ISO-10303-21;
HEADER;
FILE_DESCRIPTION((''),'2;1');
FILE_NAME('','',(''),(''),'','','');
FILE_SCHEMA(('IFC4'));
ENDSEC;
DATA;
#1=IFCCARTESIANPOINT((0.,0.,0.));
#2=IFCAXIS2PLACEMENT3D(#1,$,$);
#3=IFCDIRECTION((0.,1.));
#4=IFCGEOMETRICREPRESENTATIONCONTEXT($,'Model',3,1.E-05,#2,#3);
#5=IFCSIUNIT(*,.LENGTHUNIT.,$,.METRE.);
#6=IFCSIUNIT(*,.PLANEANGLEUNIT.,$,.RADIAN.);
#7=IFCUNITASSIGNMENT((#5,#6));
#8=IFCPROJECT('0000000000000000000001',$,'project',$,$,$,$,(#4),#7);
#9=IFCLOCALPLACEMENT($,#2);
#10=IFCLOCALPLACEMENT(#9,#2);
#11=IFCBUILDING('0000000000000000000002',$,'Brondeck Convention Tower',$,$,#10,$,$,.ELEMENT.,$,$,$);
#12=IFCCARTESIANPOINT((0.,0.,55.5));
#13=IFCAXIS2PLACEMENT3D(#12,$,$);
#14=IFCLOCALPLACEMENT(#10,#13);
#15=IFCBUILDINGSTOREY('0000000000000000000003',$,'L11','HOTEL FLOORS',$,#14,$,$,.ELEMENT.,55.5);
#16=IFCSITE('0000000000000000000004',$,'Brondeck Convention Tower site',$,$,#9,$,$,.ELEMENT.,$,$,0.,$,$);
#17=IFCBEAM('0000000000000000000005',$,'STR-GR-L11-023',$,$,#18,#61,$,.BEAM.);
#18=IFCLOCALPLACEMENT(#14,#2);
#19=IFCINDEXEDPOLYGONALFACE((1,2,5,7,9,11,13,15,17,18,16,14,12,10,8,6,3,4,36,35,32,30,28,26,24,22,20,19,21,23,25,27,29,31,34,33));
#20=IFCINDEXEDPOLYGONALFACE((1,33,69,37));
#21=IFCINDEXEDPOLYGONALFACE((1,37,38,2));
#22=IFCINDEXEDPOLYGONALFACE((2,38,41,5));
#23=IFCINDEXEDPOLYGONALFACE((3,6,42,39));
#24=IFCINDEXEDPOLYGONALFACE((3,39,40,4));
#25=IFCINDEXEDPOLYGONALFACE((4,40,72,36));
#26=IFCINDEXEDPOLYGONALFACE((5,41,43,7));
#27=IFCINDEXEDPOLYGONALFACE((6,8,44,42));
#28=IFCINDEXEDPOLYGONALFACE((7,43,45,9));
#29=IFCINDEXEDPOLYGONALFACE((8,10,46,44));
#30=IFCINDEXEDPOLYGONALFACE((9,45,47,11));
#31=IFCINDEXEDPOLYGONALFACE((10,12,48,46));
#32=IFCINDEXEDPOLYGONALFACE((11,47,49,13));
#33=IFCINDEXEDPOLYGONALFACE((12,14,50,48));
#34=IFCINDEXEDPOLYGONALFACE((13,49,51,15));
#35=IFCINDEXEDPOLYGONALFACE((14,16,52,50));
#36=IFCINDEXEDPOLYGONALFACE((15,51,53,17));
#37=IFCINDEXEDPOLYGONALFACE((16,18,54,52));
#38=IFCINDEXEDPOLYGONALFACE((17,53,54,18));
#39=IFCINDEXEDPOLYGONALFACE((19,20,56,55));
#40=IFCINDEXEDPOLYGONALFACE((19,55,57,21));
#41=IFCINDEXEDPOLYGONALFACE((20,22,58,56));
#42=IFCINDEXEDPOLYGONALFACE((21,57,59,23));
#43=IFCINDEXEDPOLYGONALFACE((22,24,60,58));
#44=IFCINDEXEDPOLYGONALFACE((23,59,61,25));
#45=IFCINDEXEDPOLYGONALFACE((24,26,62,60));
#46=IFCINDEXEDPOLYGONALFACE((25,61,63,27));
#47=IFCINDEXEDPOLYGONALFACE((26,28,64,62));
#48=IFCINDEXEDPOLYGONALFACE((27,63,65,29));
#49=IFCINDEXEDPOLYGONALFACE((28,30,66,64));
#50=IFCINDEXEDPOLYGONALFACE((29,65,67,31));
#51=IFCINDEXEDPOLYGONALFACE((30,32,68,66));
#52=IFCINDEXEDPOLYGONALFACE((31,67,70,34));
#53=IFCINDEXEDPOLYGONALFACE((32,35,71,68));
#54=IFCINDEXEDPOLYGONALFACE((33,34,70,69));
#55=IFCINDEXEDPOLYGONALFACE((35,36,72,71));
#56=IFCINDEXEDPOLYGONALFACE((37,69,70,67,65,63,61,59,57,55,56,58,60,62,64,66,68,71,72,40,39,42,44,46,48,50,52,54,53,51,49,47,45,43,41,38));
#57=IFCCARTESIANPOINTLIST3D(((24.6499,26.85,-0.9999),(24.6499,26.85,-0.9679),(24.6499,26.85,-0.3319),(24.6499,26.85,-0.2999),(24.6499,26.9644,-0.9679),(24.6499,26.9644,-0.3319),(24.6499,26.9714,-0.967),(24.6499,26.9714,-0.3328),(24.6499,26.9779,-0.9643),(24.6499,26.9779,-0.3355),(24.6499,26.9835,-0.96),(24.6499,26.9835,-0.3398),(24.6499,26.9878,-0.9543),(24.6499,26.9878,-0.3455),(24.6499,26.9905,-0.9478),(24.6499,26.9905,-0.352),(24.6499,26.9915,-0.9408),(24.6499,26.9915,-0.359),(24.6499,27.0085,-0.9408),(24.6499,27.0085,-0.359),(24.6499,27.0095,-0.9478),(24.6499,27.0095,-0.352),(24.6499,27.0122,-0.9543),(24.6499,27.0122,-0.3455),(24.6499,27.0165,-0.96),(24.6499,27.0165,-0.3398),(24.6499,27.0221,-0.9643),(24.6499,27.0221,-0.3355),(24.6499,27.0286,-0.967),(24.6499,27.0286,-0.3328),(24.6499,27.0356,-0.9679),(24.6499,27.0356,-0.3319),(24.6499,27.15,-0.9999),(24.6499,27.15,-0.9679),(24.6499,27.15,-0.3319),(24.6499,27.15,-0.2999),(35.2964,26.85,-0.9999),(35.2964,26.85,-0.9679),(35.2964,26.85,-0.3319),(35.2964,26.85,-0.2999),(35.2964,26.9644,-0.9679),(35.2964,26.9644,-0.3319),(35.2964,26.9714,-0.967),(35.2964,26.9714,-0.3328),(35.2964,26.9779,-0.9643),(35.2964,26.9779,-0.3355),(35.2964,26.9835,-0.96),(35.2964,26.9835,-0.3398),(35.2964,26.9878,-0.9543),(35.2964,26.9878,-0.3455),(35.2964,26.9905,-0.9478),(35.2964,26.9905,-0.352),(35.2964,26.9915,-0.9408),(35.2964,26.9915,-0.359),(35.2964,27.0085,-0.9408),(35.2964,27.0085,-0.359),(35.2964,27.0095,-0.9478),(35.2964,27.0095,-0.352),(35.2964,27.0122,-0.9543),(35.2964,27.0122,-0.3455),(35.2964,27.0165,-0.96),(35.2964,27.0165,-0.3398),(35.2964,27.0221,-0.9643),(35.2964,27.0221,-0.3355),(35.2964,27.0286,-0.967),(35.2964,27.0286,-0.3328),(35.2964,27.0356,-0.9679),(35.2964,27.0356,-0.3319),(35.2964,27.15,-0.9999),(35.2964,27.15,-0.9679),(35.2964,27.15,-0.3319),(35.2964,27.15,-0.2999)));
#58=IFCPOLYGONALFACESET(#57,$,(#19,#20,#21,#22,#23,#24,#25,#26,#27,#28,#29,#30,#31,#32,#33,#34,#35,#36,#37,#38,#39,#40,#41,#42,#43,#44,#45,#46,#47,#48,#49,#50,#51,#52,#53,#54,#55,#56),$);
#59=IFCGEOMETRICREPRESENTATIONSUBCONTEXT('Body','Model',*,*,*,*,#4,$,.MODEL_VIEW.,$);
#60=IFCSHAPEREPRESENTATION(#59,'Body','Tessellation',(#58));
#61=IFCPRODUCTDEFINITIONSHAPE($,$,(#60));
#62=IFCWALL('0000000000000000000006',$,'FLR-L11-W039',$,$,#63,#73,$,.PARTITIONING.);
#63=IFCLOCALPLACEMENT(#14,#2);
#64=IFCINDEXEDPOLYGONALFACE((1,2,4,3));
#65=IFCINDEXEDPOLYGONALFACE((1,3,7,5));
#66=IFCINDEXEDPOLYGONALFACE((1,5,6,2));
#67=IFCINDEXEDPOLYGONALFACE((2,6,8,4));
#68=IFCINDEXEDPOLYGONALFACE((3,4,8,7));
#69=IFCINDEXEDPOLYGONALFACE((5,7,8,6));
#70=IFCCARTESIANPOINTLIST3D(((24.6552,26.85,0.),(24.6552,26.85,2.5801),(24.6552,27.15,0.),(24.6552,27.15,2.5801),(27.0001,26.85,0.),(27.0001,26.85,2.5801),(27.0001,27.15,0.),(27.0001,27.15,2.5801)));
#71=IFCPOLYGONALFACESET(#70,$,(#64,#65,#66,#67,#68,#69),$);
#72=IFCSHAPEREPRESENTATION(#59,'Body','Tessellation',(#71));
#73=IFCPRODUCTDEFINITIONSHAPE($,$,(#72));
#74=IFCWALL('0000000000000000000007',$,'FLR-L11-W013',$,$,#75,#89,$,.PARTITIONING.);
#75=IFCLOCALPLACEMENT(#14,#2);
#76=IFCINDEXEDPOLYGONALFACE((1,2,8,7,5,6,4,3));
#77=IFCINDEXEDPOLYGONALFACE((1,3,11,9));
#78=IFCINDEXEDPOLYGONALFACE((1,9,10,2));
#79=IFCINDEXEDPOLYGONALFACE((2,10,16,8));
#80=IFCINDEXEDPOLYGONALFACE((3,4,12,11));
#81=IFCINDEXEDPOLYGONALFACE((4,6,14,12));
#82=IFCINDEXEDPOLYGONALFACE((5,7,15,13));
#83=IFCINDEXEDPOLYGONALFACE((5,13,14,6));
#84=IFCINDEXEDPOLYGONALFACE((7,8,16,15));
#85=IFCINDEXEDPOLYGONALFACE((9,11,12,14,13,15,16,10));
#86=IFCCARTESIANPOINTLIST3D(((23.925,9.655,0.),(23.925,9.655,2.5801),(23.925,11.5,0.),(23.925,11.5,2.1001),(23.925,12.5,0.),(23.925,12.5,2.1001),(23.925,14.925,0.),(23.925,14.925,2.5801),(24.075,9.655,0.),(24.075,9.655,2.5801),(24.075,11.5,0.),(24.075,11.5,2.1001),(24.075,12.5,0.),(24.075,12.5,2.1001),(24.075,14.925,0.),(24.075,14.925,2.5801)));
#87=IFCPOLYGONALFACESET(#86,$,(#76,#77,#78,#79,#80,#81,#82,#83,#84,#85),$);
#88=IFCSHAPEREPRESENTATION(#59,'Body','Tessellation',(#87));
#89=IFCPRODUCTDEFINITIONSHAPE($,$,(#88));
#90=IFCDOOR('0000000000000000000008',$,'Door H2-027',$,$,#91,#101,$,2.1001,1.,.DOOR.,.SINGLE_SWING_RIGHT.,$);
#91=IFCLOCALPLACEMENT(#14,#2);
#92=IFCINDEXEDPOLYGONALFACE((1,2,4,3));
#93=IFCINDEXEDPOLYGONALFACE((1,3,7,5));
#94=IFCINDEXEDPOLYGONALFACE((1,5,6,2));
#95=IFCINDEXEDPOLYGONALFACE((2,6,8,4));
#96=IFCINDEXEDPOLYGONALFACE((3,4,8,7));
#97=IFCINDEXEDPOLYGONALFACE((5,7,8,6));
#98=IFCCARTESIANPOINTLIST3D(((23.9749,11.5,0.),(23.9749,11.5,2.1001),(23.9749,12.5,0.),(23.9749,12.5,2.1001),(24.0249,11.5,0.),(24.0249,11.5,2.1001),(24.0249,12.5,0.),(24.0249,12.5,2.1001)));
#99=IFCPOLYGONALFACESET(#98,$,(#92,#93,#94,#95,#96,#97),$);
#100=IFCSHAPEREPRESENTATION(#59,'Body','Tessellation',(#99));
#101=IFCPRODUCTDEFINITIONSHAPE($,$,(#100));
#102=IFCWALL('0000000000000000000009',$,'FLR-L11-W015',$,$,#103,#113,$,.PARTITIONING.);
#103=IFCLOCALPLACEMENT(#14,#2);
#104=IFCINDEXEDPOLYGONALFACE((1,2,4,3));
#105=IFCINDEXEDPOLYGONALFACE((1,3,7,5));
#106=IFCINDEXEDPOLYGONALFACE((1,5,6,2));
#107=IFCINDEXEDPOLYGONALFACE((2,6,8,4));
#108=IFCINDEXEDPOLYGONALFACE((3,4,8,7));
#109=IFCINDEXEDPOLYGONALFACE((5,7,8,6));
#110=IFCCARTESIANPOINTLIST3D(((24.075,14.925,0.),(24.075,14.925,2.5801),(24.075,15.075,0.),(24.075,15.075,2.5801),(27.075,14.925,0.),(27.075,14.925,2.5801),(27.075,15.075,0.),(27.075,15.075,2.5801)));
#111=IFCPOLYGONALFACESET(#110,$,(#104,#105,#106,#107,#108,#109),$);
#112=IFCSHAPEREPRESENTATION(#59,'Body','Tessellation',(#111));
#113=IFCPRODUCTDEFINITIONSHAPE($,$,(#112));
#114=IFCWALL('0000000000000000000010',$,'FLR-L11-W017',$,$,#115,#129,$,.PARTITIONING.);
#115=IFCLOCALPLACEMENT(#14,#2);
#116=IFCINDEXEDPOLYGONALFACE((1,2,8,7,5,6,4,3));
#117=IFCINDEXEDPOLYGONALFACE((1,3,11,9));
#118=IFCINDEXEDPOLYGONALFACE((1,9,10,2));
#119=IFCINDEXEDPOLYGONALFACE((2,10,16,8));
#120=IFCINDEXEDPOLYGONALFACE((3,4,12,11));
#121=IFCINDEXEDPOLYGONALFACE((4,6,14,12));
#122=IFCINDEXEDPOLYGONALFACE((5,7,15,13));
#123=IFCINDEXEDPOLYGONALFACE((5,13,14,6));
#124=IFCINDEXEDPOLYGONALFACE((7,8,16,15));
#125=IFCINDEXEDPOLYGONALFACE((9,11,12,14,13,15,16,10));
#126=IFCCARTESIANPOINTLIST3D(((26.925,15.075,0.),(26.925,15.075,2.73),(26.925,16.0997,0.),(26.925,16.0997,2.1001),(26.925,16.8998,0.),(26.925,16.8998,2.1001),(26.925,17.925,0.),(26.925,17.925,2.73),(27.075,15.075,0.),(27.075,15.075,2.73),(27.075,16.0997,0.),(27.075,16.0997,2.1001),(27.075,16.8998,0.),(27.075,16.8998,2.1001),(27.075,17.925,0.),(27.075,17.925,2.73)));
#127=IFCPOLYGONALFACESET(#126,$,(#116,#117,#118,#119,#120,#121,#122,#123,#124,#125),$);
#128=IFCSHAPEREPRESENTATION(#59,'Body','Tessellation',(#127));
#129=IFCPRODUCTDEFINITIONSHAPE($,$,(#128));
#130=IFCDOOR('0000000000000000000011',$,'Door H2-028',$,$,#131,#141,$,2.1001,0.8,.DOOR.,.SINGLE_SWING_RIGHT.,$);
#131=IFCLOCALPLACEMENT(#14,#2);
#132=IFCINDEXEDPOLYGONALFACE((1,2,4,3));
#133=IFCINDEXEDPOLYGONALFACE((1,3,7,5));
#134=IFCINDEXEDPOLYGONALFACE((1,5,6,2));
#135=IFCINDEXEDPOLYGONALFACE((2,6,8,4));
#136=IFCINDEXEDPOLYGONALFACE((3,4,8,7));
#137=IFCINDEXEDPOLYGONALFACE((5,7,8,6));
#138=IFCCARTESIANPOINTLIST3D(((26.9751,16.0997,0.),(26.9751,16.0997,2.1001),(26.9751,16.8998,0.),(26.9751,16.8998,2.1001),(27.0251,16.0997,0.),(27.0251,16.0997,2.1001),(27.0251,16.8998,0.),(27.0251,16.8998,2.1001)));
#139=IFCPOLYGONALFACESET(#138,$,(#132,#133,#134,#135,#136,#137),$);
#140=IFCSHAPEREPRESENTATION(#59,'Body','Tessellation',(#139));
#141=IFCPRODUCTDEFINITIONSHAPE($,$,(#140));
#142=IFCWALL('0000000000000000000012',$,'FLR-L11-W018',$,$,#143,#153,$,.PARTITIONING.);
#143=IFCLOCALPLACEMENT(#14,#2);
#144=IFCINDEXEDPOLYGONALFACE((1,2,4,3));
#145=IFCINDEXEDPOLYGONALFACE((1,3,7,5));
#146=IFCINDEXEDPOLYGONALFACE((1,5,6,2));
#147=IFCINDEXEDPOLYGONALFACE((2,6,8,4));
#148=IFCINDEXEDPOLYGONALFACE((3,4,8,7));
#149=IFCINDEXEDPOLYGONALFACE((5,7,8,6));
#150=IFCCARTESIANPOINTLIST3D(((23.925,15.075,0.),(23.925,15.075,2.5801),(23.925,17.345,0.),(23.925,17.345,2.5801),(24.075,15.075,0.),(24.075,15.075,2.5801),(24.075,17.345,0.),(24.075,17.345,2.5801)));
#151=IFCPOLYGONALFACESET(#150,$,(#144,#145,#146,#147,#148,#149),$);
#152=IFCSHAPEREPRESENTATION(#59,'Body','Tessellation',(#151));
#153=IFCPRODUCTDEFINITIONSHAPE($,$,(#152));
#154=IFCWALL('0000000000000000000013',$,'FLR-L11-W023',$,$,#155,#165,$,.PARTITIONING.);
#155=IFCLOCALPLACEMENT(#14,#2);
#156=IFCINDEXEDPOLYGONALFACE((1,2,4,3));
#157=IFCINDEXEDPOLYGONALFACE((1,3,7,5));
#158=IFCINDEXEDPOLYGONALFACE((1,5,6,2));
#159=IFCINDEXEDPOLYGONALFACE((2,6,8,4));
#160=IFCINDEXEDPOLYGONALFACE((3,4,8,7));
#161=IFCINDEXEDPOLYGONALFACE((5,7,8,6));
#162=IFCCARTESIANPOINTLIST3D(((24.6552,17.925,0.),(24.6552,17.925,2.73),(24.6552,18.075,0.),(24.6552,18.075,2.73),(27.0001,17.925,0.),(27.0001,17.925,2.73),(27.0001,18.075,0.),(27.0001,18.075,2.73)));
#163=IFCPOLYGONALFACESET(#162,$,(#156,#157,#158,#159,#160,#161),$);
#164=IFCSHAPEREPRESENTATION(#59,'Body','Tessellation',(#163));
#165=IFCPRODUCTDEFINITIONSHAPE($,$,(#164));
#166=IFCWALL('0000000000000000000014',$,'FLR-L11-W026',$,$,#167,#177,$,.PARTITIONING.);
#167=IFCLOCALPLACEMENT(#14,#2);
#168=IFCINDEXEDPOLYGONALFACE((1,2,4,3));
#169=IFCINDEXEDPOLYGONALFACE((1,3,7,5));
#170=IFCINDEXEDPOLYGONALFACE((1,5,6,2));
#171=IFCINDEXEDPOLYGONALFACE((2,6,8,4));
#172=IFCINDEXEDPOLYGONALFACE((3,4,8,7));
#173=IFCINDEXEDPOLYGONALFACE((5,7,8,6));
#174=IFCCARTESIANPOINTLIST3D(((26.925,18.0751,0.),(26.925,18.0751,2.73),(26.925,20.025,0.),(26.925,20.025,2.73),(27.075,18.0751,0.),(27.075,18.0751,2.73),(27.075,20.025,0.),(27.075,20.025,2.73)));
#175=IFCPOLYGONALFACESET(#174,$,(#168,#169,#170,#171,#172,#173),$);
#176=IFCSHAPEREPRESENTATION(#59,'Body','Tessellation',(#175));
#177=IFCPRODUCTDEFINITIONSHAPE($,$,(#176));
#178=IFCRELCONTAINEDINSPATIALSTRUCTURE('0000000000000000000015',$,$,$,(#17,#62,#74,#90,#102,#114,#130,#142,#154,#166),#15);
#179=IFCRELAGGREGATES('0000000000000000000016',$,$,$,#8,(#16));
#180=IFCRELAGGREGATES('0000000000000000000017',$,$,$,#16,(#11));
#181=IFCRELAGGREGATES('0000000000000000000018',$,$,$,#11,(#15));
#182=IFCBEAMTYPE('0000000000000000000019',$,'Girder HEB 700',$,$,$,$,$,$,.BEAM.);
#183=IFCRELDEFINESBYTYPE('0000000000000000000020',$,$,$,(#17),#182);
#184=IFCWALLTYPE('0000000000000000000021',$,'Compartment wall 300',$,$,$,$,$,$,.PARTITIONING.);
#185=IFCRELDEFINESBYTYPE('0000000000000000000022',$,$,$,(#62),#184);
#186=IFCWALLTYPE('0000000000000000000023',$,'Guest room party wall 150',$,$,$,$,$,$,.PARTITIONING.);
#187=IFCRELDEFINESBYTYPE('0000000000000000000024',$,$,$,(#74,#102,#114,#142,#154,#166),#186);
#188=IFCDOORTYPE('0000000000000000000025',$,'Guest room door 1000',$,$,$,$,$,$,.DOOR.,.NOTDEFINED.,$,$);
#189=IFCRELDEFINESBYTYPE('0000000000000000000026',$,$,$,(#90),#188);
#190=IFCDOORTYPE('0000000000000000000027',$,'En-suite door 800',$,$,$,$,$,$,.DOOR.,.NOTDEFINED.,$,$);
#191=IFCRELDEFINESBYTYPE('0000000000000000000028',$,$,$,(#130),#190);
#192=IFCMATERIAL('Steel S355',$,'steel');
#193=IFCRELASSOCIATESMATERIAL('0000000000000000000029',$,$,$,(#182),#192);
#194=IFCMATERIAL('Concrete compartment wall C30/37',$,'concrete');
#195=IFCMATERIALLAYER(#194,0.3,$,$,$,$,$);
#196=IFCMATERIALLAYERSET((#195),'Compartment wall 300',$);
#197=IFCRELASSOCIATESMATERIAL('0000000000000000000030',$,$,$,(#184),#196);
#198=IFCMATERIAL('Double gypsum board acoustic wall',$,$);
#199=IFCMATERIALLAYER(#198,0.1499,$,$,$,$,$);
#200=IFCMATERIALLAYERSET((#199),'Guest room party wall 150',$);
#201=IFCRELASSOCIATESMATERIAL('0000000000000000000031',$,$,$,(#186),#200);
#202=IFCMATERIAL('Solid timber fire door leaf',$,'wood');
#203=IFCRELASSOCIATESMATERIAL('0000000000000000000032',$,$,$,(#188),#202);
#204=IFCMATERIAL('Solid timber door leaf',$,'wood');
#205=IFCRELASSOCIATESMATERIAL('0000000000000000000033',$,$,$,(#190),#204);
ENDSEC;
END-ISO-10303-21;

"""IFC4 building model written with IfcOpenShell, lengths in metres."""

from ifc_helpers import new_model, si_unit, direction, frame, frame_2d, origin, origin_2d, place, context, subcontext, project, spatial, rectangle, i_section, extrude, material, layer, layer_set, material_profile, profile_set, type_object, element, fill, save


model = new_model("IFC4")

# Units and contexts
model_context = context("Model", 3, precision=1e-05, world=origin(), true_north=direction((0.0, 1.0)))
body_context = subcontext(model_context, "Body", "Model", "MODEL_VIEW")
ifc_project = project(units=[si_unit("LENGTHUNIT", "METRE"), si_unit("PLANEANGLEUNIT", "RADIAN")], contexts=[model_context])

# Site, building, storey
site_placement = place(None, origin())
site = spatial("IfcSite", under=ifc_project, at=site_placement, Name="Brondeck Convention Tower site", CompositionType="ELEMENT", RefElevation=0.0)
building_placement = place(site_placement, origin())
building = spatial("IfcBuilding", under=site, at=building_placement, Name="Brondeck Convention Tower", CompositionType="ELEMENT")
storey_placement = place(building_placement, frame((0.0, 0.0, 55.5)))
storey = spatial("IfcBuildingStorey", under=building, at=storey_placement, Name="L11", Description="HOTEL FLOORS", CompositionType="ELEMENT", Elevation=55.5)

# Beam
ifc_material_1 = material(Name="Steel S355", Category="steel")
ifc_material_profile_1 = material_profile(ifc_material_1, i_section(OverallWidth=0.3, OverallDepth=0.7, WebThickness=0.0171, FlangeThickness=0.032, FilletRadius=0.0271, at=origin_2d()), Name="HEB 700")
ifc_profile_set_1 = profile_set([ifc_material_profile_1], Name="Steel S355")
beam_type_1 = type_object("IfcBeamType", Name="Girder HEB 700", PredefinedType="BEAM", material=ifc_profile_set_1)
beam_1_placement = place(storey_placement, frame((24.6499, 27.0, -0.6499), z_axis=(1.0, 0.0, 0.0), x_axis=(0.0, 1.0, 0.0)))
element("IfcBeam", 1, at=beam_1_placement, inside=storey, type_object=beam_type_1, Name="STR-GR-L11-023", PredefinedType="BEAM", context=body_context, shape_type="SweptSolid", body=[
    extrude(i_section(OverallWidth=0.3, OverallDepth=0.7, WebThickness=0.0171, FlangeThickness=0.032, FilletRadius=0.0271, at=origin_2d()), origin(), (0.0, 0.0, 1.0), 10.6465),
])

# Wall
ifc_material_2 = material(Name="Concrete compartment wall C30/37", Category="concrete")
ifc_layer_1 = layer(ifc_material_2, 0.3)
ifc_layer_set_1 = layer_set([ifc_layer_1], Name="Compartment wall 300")
wall_type_1 = type_object("IfcWallType", Name="Compartment wall 300", PredefinedType="PARTITIONING", material=ifc_layer_set_1)
wall_1_placement = place(storey_placement, frame((27.0, 27.0, 0.0), z_axis=(0.0, 0.0, 1.0), x_axis=(-1.0, 0.0, 0.0)))
element("IfcWall", 2, at=wall_1_placement, inside=storey, type_object=wall_type_1, Name="FLR-L11-W039", PredefinedType="PARTITIONING", context=body_context, shape_type="SweptSolid", body=[
    extrude(rectangle(XDim=2.345, YDim=0.3, at=frame_2d((1.1724, 0.0))), origin(), (0.0, 0.0, 1.0), 2.5801),
])

# Wall, opening, door
ifc_material_3 = material(Name="Double gypsum board acoustic wall")
ifc_layer_2 = layer(ifc_material_3, 0.1499)
ifc_layer_set_2 = layer_set([ifc_layer_2], Name="Guest room party wall 150")
wall_type_2 = type_object("IfcWallType", Name="Guest room party wall 150", PredefinedType="PARTITIONING", material=ifc_layer_set_2)
wall_2_placement = place(storey_placement, frame((24.0, 14.925, 0.0), z_axis=(0.0, 0.0, 1.0), x_axis=(0.0, -1.0, 0.0)))
wall_2 = element("IfcWall", 3, at=wall_2_placement, inside=storey, type_object=wall_type_2, Name="FLR-L11-W013", PredefinedType="PARTITIONING", context=body_context, shape_type="SweptSolid", body=[
    extrude(rectangle(XDim=5.27, YDim=0.1499, at=frame_2d((2.635, 0.0))), origin(), (0.0, 0.0, 1.0), 2.5801),
])
opening_1_placement = place(wall_2_placement, frame((2.425, 0.0, 0.0)))
opening_1 = element("IfcOpeningElement", 4, at=opening_1_placement, cuts=wall_2, PredefinedType="OPENING", context=body_context, shape_type="SweptSolid", body=[
    extrude(rectangle(XDim=1.0, YDim=2.1001, at=frame_2d((0.5, 1.05))), frame((0.0, 0.085, 0.0), z_axis=(0.0, -1.0, 0.0), x_axis=(1.0, 0.0, 0.0)), (0.0, 0.0, 1.0), 0.1699),
])
ifc_material_4 = material(Name="Solid timber fire door leaf", Category="wood")
door_type_1 = type_object("IfcDoorType", Name="Guest room door 1000", OperationType="NOTDEFINED", PredefinedType="DOOR", material=ifc_material_4)
door_1_placement = place(opening_1_placement, origin())
door_1 = element("IfcDoor", 5, at=door_1_placement, inside=storey, type_object=door_type_1, Name="Door H2-027", OperationType="SINGLE_SWING_RIGHT", OverallHeight=2.1001, OverallWidth=1.0, PredefinedType="DOOR", context=body_context, shape_type="SweptSolid", body=[
    extrude(rectangle(XDim=1.0, YDim=2.1001, at=frame_2d((0.5, 1.05))), frame((0.0, 0.0249, 0.0), z_axis=(0.0, -1.0, 0.0), x_axis=(1.0, 0.0, 0.0)), (0.0, 0.0, 1.0), 0.05),
])
fill(opening_1, door_1)

# Wall
wall_3_placement = place(storey_placement, frame((24.075, 15.0, 0.0), z_axis=(0.0, 0.0, 1.0), x_axis=(1.0, 0.0, 0.0)))
element("IfcWall", 6, at=wall_3_placement, inside=storey, type_object=wall_type_2, Name="FLR-L11-W015", PredefinedType="PARTITIONING", context=body_context, shape_type="SweptSolid", body=[
    extrude(rectangle(XDim=3.0, YDim=0.1499, at=frame_2d((1.5, 0.0))), origin(), (0.0, 0.0, 1.0), 2.5801),
])

# Wall, opening, door
wall_4_placement = place(storey_placement, frame((27.0, 15.075, 0.0), z_axis=(0.0, 0.0, 1.0), x_axis=(0.0, 1.0, 0.0)))
wall_4 = element("IfcWall", 7, at=wall_4_placement, inside=storey, type_object=wall_type_2, Name="FLR-L11-W017", PredefinedType="PARTITIONING", context=body_context, shape_type="SweptSolid", body=[
    extrude(rectangle(XDim=2.8501, YDim=0.1499, at=frame_2d((1.425, 0.0))), origin(), (0.0, 0.0, 1.0), 2.73),
])
opening_2_placement = place(wall_4_placement, frame((1.0249, 0.0, 0.0)))
opening_2 = element("IfcOpeningElement", 8, at=opening_2_placement, cuts=wall_4, PredefinedType="OPENING", context=body_context, shape_type="SweptSolid", body=[
    extrude(rectangle(XDim=0.8, YDim=2.1001, at=frame_2d((0.3999, 1.05))), frame((0.0, 0.085, 0.0), z_axis=(0.0, -1.0, 0.0), x_axis=(1.0, 0.0, 0.0)), (0.0, 0.0, 1.0), 0.1699),
])
ifc_material_5 = material(Name="Solid timber door leaf", Category="wood")
door_type_2 = type_object("IfcDoorType", Name="En-suite door 800", OperationType="NOTDEFINED", PredefinedType="DOOR", material=ifc_material_5)
door_2_placement = place(opening_2_placement, origin())
door_2 = element("IfcDoor", 9, at=door_2_placement, inside=storey, type_object=door_type_2, Name="Door H2-028", OperationType="SINGLE_SWING_RIGHT", OverallHeight=2.1001, OverallWidth=0.8, PredefinedType="DOOR", context=body_context, shape_type="SweptSolid", body=[
    extrude(rectangle(XDim=0.8, YDim=2.1001, at=frame_2d((0.3999, 1.05))), frame((0.0, 0.0249, 0.0), z_axis=(0.0, -1.0, 0.0), x_axis=(1.0, 0.0, 0.0)), (0.0, 0.0, 1.0), 0.05),
])
fill(opening_2, door_2)

# Walls
wall_5_placement = place(storey_placement, frame((24.0, 17.345, 0.0), z_axis=(0.0, 0.0, 1.0), x_axis=(0.0, -1.0, 0.0)))
element("IfcWall", 10, at=wall_5_placement, inside=storey, type_object=wall_type_2, Name="FLR-L11-W018", PredefinedType="PARTITIONING", context=body_context, shape_type="SweptSolid", body=[
    extrude(rectangle(XDim=2.27, YDim=0.1499, at=frame_2d((1.135, 0.0))), origin(), (0.0, 0.0, 1.0), 2.5801),
])
wall_6_placement = place(storey_placement, frame((27.0, 18.0, 0.0), z_axis=(0.0, 0.0, 1.0), x_axis=(-1.0, 0.0, 0.0)))
element("IfcWall", 11, at=wall_6_placement, inside=storey, type_object=wall_type_2, Name="FLR-L11-W023", PredefinedType="PARTITIONING", context=body_context, shape_type="SweptSolid", body=[
    extrude(rectangle(XDim=2.345, YDim=0.1499, at=frame_2d((1.1724, 0.0))), origin(), (0.0, 0.0, 1.0), 2.73),
])
wall_7_placement = place(storey_placement, frame((27.0, 18.075, 0.0), z_axis=(0.0, 0.0, 1.0), x_axis=(0.0, 1.0, 0.0)))
element("IfcWall", 12, at=wall_7_placement, inside=storey, type_object=wall_type_2, Name="FLR-L11-W026", PredefinedType="PARTITIONING", context=body_context, shape_type="SweptSolid", body=[
    extrude(rectangle(XDim=1.95, YDim=0.1499, at=frame_2d((0.9751, 0.0))), origin(), (0.0, 0.0, 1.0), 2.73),
])

save(model, "model.ifc")
